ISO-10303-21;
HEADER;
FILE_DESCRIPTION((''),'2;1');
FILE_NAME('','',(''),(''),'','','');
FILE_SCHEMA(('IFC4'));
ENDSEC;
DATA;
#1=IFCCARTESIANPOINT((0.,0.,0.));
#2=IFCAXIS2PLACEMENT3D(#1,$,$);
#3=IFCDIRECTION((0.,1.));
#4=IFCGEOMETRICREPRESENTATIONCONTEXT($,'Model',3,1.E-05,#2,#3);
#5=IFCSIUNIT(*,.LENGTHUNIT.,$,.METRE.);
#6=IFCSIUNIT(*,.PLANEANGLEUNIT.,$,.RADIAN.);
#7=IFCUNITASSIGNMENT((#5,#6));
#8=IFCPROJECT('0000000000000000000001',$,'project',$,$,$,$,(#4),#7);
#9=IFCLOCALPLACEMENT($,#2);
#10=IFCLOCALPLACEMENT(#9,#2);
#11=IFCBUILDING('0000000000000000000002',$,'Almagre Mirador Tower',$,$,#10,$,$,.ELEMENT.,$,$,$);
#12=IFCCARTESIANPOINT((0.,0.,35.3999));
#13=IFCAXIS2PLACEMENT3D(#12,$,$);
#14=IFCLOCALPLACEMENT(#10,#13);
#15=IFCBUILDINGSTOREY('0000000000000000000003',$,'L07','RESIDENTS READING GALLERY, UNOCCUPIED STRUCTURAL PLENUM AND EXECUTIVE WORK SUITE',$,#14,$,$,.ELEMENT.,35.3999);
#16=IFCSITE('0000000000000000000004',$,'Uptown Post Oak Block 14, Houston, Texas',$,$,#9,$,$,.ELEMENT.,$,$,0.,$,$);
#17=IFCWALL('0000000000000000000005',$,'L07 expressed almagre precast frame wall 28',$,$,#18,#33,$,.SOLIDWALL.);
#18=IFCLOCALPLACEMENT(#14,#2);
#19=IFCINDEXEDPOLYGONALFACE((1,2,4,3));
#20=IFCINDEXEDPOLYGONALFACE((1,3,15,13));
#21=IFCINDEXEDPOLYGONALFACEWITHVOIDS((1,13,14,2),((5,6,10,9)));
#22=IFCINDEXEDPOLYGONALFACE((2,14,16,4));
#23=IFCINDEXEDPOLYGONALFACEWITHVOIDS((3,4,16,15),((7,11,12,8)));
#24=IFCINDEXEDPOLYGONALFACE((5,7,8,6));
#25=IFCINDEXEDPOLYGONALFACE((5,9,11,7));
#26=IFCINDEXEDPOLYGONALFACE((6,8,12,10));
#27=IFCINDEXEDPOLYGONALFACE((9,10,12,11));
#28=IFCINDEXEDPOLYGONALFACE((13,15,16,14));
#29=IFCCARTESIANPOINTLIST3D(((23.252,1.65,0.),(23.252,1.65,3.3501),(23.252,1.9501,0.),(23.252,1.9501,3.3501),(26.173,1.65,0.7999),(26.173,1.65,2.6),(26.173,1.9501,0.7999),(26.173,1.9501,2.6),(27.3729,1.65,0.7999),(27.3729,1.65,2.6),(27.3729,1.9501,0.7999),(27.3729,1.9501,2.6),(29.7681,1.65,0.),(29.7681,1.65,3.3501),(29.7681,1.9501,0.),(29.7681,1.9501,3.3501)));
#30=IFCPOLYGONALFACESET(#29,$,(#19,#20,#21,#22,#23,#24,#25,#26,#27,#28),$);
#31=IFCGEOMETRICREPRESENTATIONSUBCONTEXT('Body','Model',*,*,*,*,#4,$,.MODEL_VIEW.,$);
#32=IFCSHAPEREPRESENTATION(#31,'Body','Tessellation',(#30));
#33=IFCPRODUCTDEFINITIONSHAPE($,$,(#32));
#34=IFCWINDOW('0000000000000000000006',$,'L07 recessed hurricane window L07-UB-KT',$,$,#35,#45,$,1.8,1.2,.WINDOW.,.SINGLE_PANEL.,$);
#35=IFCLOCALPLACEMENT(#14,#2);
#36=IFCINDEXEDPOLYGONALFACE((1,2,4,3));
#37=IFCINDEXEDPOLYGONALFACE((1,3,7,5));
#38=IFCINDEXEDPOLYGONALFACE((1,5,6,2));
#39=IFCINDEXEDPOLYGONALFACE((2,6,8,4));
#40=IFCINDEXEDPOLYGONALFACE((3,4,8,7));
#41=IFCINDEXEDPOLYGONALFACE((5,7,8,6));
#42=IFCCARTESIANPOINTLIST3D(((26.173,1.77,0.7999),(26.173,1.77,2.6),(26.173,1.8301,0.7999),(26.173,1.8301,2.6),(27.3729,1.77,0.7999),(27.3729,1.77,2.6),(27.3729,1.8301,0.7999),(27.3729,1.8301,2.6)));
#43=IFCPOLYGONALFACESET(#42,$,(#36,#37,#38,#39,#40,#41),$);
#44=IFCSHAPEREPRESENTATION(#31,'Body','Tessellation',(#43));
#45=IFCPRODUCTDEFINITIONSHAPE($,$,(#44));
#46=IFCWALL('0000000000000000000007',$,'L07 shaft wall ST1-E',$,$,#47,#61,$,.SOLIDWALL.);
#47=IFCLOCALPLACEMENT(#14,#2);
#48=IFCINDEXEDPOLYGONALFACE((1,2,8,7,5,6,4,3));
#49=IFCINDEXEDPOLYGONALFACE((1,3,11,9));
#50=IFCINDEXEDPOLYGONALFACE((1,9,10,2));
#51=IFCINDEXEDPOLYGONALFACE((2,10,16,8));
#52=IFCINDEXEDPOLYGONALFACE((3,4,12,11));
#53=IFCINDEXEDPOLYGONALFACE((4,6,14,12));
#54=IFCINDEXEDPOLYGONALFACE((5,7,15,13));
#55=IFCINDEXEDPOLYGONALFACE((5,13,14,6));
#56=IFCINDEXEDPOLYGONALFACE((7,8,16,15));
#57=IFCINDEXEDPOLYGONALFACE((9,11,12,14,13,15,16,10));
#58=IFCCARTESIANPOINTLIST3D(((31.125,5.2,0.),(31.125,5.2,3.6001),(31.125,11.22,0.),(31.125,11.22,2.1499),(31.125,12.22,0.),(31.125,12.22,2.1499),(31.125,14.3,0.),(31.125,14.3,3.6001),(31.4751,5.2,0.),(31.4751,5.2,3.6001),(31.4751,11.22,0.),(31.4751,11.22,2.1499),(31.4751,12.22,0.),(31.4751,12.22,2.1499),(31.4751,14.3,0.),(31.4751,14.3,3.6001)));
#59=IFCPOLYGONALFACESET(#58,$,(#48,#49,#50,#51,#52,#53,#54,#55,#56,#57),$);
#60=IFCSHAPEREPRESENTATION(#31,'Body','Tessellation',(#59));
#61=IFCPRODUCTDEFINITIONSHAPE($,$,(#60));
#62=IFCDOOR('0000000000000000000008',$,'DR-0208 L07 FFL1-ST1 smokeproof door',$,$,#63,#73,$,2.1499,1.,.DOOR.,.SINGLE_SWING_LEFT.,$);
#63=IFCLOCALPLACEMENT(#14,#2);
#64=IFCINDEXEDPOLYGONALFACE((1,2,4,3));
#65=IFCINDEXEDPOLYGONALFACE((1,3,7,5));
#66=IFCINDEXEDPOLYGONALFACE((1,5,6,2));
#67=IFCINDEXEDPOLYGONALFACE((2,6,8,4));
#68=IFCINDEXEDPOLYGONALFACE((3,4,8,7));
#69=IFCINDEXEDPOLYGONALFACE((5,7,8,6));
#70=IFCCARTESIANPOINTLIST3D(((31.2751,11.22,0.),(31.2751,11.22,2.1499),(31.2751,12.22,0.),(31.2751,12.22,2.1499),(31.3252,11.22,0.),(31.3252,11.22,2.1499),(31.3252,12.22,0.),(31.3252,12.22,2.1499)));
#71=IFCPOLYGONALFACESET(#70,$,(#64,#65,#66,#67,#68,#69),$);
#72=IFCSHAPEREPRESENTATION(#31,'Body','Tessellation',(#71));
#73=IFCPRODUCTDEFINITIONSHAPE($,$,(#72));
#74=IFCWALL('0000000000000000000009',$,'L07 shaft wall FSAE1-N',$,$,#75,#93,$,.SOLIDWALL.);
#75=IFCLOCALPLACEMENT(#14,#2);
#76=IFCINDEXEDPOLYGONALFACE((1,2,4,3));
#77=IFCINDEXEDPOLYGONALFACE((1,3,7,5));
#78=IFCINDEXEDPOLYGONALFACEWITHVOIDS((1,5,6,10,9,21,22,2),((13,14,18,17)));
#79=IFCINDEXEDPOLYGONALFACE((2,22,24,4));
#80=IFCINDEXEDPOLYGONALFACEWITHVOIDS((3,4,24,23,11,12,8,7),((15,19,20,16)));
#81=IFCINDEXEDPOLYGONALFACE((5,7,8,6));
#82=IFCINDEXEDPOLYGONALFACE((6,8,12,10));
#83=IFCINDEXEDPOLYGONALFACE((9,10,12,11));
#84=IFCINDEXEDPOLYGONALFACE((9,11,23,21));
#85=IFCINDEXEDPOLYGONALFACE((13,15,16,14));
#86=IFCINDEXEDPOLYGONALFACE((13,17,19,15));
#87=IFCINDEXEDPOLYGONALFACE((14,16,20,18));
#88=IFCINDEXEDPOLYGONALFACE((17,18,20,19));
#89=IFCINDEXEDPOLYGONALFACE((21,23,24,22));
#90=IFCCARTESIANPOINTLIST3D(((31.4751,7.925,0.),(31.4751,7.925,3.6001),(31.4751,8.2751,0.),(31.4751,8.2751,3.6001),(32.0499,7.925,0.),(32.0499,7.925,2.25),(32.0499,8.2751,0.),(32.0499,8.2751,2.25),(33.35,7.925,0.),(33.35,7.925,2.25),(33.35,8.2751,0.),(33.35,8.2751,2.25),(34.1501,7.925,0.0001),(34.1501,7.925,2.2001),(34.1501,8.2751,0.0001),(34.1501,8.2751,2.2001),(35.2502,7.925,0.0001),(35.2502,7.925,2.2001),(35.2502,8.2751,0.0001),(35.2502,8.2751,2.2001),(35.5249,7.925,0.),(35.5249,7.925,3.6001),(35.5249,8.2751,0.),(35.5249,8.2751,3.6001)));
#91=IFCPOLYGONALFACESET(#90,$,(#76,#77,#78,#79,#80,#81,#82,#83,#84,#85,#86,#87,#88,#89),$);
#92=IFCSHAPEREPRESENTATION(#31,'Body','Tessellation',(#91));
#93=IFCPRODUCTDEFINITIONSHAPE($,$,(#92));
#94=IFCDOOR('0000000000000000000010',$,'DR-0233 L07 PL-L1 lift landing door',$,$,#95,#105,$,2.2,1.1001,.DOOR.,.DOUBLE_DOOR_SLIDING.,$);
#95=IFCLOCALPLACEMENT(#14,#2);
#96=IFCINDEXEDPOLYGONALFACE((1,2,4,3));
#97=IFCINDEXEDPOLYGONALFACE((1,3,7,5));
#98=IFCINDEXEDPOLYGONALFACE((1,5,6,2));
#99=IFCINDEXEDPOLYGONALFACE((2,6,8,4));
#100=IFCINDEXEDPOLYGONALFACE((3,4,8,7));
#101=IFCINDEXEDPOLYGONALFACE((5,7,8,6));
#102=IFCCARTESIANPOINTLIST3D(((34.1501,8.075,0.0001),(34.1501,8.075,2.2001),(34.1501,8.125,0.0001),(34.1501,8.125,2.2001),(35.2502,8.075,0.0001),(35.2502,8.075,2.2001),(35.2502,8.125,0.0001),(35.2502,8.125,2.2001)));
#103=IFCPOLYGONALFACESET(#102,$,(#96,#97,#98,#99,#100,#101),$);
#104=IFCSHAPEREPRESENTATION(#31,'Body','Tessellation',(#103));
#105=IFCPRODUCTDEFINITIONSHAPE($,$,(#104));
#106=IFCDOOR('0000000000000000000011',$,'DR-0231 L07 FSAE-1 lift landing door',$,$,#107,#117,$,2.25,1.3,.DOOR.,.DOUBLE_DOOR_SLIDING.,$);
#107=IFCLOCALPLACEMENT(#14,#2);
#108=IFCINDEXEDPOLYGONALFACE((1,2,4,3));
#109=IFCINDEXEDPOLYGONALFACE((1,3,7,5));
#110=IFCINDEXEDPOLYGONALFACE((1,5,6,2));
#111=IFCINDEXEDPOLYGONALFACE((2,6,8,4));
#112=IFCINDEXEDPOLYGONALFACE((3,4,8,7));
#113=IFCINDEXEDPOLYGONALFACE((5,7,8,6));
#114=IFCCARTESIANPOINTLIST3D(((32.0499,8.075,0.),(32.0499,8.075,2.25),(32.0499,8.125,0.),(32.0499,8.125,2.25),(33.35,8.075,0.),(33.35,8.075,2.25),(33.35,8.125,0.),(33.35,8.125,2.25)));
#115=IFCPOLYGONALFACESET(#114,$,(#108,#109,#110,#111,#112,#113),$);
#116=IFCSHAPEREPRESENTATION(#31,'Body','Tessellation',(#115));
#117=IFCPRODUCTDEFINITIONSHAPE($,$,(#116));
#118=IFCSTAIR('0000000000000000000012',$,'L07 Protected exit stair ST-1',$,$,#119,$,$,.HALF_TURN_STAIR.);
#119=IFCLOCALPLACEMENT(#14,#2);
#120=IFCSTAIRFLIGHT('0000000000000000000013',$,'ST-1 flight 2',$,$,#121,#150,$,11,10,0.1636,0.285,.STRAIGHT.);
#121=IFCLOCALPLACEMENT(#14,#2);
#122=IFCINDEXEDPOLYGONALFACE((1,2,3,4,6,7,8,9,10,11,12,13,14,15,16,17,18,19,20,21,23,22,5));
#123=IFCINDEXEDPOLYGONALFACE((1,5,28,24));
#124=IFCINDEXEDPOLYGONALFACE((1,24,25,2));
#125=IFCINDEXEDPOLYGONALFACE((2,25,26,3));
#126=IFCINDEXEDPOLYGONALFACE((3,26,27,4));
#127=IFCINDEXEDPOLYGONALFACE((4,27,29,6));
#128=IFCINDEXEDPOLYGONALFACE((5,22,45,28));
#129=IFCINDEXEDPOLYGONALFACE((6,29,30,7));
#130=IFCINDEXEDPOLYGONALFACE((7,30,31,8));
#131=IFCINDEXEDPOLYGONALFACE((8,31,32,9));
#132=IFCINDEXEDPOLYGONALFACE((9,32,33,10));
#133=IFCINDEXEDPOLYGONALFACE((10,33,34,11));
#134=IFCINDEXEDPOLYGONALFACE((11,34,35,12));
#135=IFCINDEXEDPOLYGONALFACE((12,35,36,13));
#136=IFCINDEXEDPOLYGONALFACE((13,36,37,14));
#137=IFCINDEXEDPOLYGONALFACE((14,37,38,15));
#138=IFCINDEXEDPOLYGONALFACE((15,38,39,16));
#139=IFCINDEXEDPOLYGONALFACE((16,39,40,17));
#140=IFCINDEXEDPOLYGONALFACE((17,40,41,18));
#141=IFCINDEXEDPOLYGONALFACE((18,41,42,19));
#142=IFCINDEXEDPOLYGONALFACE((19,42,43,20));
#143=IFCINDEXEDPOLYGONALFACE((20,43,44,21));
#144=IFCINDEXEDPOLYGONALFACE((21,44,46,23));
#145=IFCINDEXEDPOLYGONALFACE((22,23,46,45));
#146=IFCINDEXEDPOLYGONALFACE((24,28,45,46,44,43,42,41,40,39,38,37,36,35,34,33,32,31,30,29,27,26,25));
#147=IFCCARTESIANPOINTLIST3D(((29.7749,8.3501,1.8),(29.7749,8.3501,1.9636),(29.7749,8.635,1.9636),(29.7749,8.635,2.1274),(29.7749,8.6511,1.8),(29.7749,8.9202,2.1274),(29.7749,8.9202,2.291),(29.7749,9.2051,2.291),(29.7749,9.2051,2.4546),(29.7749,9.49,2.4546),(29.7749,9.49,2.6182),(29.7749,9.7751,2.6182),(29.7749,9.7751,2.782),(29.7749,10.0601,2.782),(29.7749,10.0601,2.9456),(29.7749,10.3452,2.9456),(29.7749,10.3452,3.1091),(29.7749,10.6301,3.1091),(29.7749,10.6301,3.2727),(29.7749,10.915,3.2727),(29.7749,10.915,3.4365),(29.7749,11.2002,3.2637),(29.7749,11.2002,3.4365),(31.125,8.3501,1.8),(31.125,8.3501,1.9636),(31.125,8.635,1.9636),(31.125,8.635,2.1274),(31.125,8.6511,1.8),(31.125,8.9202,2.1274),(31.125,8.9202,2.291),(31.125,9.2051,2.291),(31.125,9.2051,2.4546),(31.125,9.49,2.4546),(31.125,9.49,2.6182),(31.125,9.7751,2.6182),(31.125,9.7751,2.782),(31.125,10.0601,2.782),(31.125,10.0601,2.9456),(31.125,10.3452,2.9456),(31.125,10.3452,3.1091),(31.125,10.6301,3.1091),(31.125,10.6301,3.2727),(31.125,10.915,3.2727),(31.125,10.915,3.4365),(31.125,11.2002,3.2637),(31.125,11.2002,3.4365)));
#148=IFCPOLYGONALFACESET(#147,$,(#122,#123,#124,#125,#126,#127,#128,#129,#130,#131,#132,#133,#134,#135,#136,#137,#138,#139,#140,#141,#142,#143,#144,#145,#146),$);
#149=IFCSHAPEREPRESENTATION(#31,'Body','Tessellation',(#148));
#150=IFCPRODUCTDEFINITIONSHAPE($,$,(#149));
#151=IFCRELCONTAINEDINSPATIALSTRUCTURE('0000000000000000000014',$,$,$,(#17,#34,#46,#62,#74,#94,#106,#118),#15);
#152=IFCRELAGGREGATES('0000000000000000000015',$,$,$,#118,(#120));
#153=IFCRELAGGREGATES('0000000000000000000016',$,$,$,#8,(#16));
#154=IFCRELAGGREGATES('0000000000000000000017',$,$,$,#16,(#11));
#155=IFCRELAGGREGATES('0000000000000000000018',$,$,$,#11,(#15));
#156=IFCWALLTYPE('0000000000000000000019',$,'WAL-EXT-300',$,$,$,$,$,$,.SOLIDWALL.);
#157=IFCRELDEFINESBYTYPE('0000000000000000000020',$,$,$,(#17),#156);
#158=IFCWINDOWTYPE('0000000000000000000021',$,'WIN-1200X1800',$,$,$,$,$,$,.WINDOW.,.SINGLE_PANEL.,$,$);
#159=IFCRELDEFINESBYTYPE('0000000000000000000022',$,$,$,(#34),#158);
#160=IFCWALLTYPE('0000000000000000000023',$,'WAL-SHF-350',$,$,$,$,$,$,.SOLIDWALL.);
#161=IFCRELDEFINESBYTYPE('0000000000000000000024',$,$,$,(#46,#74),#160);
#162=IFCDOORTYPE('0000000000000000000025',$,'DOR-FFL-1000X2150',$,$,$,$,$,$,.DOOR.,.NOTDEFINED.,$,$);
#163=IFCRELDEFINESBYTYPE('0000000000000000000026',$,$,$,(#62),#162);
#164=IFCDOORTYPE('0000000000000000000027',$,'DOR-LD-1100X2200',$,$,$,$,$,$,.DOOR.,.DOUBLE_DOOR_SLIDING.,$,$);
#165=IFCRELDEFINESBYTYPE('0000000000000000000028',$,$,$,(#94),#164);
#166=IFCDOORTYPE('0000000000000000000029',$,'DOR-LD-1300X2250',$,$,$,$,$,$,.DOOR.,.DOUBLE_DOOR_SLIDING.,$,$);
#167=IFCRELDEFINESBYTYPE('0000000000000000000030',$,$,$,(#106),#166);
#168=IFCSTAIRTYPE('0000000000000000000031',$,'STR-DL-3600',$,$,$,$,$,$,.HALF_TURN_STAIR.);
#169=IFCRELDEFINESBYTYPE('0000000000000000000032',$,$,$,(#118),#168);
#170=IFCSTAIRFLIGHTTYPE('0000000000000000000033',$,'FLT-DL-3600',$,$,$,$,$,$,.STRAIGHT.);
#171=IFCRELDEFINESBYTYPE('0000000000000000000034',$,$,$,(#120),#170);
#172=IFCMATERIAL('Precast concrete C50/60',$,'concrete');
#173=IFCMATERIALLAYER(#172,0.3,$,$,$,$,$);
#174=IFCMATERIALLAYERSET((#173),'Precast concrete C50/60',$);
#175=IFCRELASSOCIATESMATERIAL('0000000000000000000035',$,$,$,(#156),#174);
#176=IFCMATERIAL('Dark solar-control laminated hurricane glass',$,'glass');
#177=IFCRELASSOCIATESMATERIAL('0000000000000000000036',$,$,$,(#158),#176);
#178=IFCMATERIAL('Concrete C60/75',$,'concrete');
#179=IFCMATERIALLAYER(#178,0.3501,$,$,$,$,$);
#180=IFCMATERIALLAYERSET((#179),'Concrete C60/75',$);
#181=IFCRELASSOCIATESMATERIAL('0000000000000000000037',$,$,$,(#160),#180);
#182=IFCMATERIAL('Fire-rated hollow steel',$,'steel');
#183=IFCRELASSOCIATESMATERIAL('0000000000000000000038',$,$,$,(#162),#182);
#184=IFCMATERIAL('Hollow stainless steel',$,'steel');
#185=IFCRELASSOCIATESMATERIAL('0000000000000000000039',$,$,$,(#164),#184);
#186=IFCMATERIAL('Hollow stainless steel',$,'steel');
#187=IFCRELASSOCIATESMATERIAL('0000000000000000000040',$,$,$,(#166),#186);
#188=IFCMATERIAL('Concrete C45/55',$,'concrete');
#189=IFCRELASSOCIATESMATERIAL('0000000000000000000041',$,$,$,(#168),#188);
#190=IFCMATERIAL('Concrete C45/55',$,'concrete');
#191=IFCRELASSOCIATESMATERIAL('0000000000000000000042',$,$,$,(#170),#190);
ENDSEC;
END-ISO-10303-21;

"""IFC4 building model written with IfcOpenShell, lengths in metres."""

from ifc_helpers import new_model, si_unit, direction, frame, frame_2d, origin, place, context, subcontext, project, spatial, polyline, rectangle, outline, extrude, material, layer, layer_set, type_object, element, fill, aggregate, save


model = new_model("IFC4")

# Units and contexts
model_context = context("Model", 3, precision=1e-05, world=origin(), true_north=direction((0.0, 1.0)))
body_context = subcontext(model_context, "Body", "Model", "MODEL_VIEW")
ifc_project = project(units=[si_unit("LENGTHUNIT", "METRE"), si_unit("PLANEANGLEUNIT", "RADIAN")], contexts=[model_context])

# Site, building, storey
site_placement = place(None, origin())
site = spatial("IfcSite", under=ifc_project, at=site_placement, Name="Uptown Post Oak Block 14, Houston, Texas", CompositionType="ELEMENT", RefElevation=0.0)
building_placement = place(site_placement, origin())
building = spatial("IfcBuilding", under=site, at=building_placement, Name="Almagre Mirador Tower", CompositionType="ELEMENT")
storey_placement = place(building_placement, frame((0.0, 0.0, 35.3999)))
storey = spatial("IfcBuildingStorey", under=building, at=storey_placement, Name="L07", Description="RESIDENTS READING GALLERY, UNOCCUPIED STRUCTURAL PLENUM AND EXECUTIVE WORK SUITE", CompositionType="ELEMENT", Elevation=35.3999)

# Shared definitions
ifc_material_1 = material(Name="Precast concrete C50/60", Category="concrete")
ifc_layer_1 = layer(ifc_material_1, 0.3)
ifc_layer_set_1 = layer_set([ifc_layer_1], Name="Precast concrete C50/60")
wall_type_1 = type_object("IfcWallType", Name="WAL-EXT-300", PredefinedType="SOLIDWALL", material=ifc_layer_set_1)

# Wall, opening, window
wall_1_placement = place(storey_placement, frame((29.7681, 1.8, 0.0), z_axis=(0.0, 0.0, 1.0), x_axis=(-1.0, 0.0, 0.0)))
wall_1 = element("IfcWall", 1, at=wall_1_placement, inside=storey, type_object=wall_type_1, Name="L07 expressed almagre precast frame wall 28", PredefinedType="SOLIDWALL", context=body_context, shape_type="SweptSolid", body=[
    extrude(rectangle(XDim=6.5161, YDim=0.3, at=frame_2d((3.2581, 0.0))), origin(), (0.0, 0.0, 1.0), 3.3501),
])
opening_1_placement = place(wall_1_placement, frame((2.395, 0.0, 0.8)))
opening_1 = element("IfcOpeningElement", 2, at=opening_1_placement, cuts=wall_1, PredefinedType="OPENING", context=body_context, shape_type="SweptSolid", body=[
    extrude(rectangle(XDim=1.2, YDim=1.8, at=frame_2d((0.6001, 0.8999))), frame((0.0, 0.1599, 0.0), z_axis=(0.0, -1.0, 0.0), x_axis=(1.0, 0.0, 0.0)), (0.0, 0.0, 1.0), 0.32),
])
ifc_material_2 = material(Name="Dark solar-control laminated hurricane glass", Category="glass")
window_type = type_object("IfcWindowType", Name="WIN-1200X1800", PartitioningType="SINGLE_PANEL", PredefinedType="WINDOW", material=ifc_material_2)
window_placement = place(opening_1_placement, origin())
window = element("IfcWindow", 3, at=window_placement, inside=storey, type_object=window_type, Name="L07 recessed hurricane window L07-UB-KT", OverallHeight=1.8, OverallWidth=1.2, PartitioningType="SINGLE_PANEL", PredefinedType="WINDOW", context=body_context, shape_type="SweptSolid", body=[
    extrude(rectangle(XDim=1.2, YDim=1.8, at=frame_2d((0.6001, 0.8999))), frame((0.0, 0.03, 0.0), z_axis=(0.0, -1.0, 0.0), x_axis=(1.0, 0.0, 0.0)), (0.0, 0.0, 1.0), 0.0601),
])
fill(opening_1, window)

# Wall, opening, door
ifc_material_3 = material(Name="Concrete C60/75", Category="concrete")
ifc_layer_2 = layer(ifc_material_3, 0.3501)
ifc_layer_set_2 = layer_set([ifc_layer_2], Name="Concrete C60/75")
wall_type_2 = type_object("IfcWallType", Name="WAL-SHF-350", PredefinedType="SOLIDWALL", material=ifc_layer_set_2)
wall_2_placement = place(storey_placement, frame((31.3, 5.2, 0.0), z_axis=(0.0, 0.0, 1.0), x_axis=(0.0, 1.0, 0.0)))
wall_2 = element("IfcWall", 4, at=wall_2_placement, inside=storey, type_object=wall_type_2, Name="L07 shaft wall ST1-E", PredefinedType="SOLIDWALL", context=body_context, shape_type="SweptSolid", body=[
    extrude(rectangle(XDim=9.1001, YDim=0.3501, at=frame_2d((4.55, 0.0))), origin(), (0.0, 0.0, 1.0), 3.6001),
])
opening_2_placement = place(wall_2_placement, frame((6.02, 0.0, 0.0)))
opening_2 = element("IfcOpeningElement", 5, at=opening_2_placement, cuts=wall_2, PredefinedType="OPENING", context=body_context, shape_type="SweptSolid", body=[
    extrude(rectangle(XDim=1.0, YDim=2.1499, at=frame_2d((0.5, 1.075))), frame((0.0, 0.185, 0.0), z_axis=(0.0, -1.0, 0.0), x_axis=(1.0, 0.0, 0.0)), (0.0, 0.0, 1.0), 0.3701),
])
ifc_material_4 = material(Name="Fire-rated hollow steel", Category="steel")
door_type_1 = type_object("IfcDoorType", Name="DOR-FFL-1000X2150", OperationType="NOTDEFINED", PredefinedType="DOOR", material=ifc_material_4)
door_1_placement = place(opening_2_placement, origin())
door_1 = element("IfcDoor", 6, at=door_1_placement, inside=storey, type_object=door_type_1, Name="DR-0208 L07 FFL1-ST1 smokeproof door", OperationType="SINGLE_SWING_LEFT", OverallHeight=2.1499, OverallWidth=1.0, PredefinedType="DOOR", context=body_context, shape_type="SweptSolid", body=[
    extrude(rectangle(XDim=1.0, YDim=2.1499, at=frame_2d((0.5, 1.075))), frame((0.0, 0.0249, 0.0), z_axis=(0.0, -1.0, 0.0), x_axis=(1.0, 0.0, 0.0)), (0.0, 0.0, 1.0), 0.05),
])
fill(opening_2, door_1)

# Wall, openings, doors
wall_3_placement = place(storey_placement, frame((31.4751, 8.1001, 0.0), z_axis=(0.0, 0.0, 1.0), x_axis=(1.0, 0.0, 0.0)))
wall_3 = element("IfcWall", 7, at=wall_3_placement, inside=storey, type_object=wall_type_2, Name="L07 shaft wall FSAE1-N", PredefinedType="SOLIDWALL", context=body_context, shape_type="SweptSolid", body=[
    extrude(rectangle(XDim=4.0498, YDim=0.3501, at=frame_2d((2.0249, 0.0))), origin(), (0.0, 0.0, 1.0), 3.6001),
])
opening_3_placement = place(wall_3_placement, frame((0.575, 0.0, 0.0)))
opening_3 = element("IfcOpeningElement", 8, at=opening_3_placement, cuts=wall_3, PredefinedType="OPENING", context=body_context, shape_type="SweptSolid", body=[
    extrude(rectangle(XDim=1.3, YDim=2.25, at=frame_2d((0.6499, 1.125))), frame((0.0, 0.185, 0.0), z_axis=(0.0, -1.0, 0.0), x_axis=(1.0, 0.0, 0.0)), (0.0, 0.0, 1.0), 0.3701),
])
opening_4_placement = place(wall_3_placement, frame((2.675, 0.0, 0.0)))
opening_4 = element("IfcOpeningElement", 9, at=opening_4_placement, cuts=wall_3, PredefinedType="OPENING", context=body_context, shape_type="SweptSolid", body=[
    extrude(rectangle(XDim=1.1001, YDim=2.2, at=frame_2d((0.55, 1.1001))), frame((0.0, 0.185, 0.0), z_axis=(0.0, -1.0, 0.0), x_axis=(1.0, 0.0, 0.0)), (0.0, 0.0, 1.0), 0.3701),
])
ifc_material_5 = material(Name="Hollow stainless steel", Category="steel")
door_type_2 = type_object("IfcDoorType", Name="DOR-LD-1100X2200", OperationType="DOUBLE_DOOR_SLIDING", PredefinedType="DOOR", material=ifc_material_5)
door_2_placement = place(opening_4_placement, origin())
door_2 = element("IfcDoor", 10, at=door_2_placement, inside=storey, type_object=door_type_2, Name="DR-0233 L07 PL-L1 lift landing door", OperationType="DOUBLE_DOOR_SLIDING", OverallHeight=2.2, OverallWidth=1.1001, PredefinedType="DOOR", context=body_context, shape_type="SweptSolid", body=[
    extrude(rectangle(XDim=1.1001, YDim=2.2, at=frame_2d((0.55, 1.1001))), frame((0.0, 0.0249, 0.0), z_axis=(0.0, -1.0, 0.0), x_axis=(1.0, 0.0, 0.0)), (0.0, 0.0, 1.0), 0.05),
])
fill(opening_4, door_2)
ifc_material_6 = material(Name="Hollow stainless steel", Category="steel")
door_type_3 = type_object("IfcDoorType", Name="DOR-LD-1300X2250", OperationType="DOUBLE_DOOR_SLIDING", PredefinedType="DOOR", material=ifc_material_6)
door_3_placement = place(opening_3_placement, origin())
door_3 = element("IfcDoor", 11, at=door_3_placement, inside=storey, type_object=door_type_3, Name="DR-0231 L07 FSAE-1 lift landing door", OperationType="DOUBLE_DOOR_SLIDING", OverallHeight=2.25, OverallWidth=1.3, PredefinedType="DOOR", context=body_context, shape_type="SweptSolid", body=[
    extrude(rectangle(XDim=1.3, YDim=2.25, at=frame_2d((0.6499, 1.125))), frame((0.0, 0.0249, 0.0), z_axis=(0.0, -1.0, 0.0), x_axis=(1.0, 0.0, 0.0)), (0.0, 0.0, 1.0), 0.05),
])
fill(opening_3, door_3)

# Stair, stair flight
ifc_material_7 = material(Name="Concrete C45/55", Category="concrete")
stair_type = type_object("IfcStairType", Name="STR-DL-3600", PredefinedType="HALF_TURN_STAIR", material=ifc_material_7)
stair_placement = place(storey_placement, origin())
stair = element("IfcStair", 12, at=stair_placement, inside=storey, type_object=stair_type, Name="L07 Protected exit stair ST-1", PredefinedType="HALF_TURN_STAIR")
ifc_material_8 = material(Name="Concrete C45/55", Category="concrete")
stair_flight_type = type_object("IfcStairFlightType", Name="FLT-DL-3600", PredefinedType="STRAIGHT", material=ifc_material_8)
stair_flight_placement = place(storey_placement, frame((30.45, 8.3501, 1.8), z_axis=(0.0, 0.0, 1.0), x_axis=(0.0, 1.0, 0.0)))
stair_flight = element("IfcStairFlight", 13, at=stair_flight_placement, type_object=stair_flight_type, Name="ST-1 flight 2", NumberOfRisers=11, NumberOfTreads=10, PredefinedType="STRAIGHT", RiserHeight=0.1636, TreadLength=0.285, context=body_context, shape_type="SweptSolid", body=[
    extrude(outline(polyline([(0.0, 0.0), (0.0, 0.1636), (0.2849, 0.1636), (0.2849, 0.3274), (0.5701, 0.3274), (0.5701, 0.491), (0.855, 0.491), (0.855, 0.6545), (1.1399, 0.6545), (1.1399, 0.8181), (1.425, 0.8181), (1.425, 0.9819), (1.71, 0.9819), (1.71, 1.1455), (1.9951, 1.1455), (1.9951, 1.3091), (2.28, 1.3091), (2.28, 1.4727), (2.5649, 1.4727), (2.5649, 1.6365), (2.8501, 1.6365), (2.8501, 1.8), (2.8501, 1.4636), (0.301, 0.0), (0.0, 0.0)])), frame((0.0, 0.675, 0.0), z_axis=(0.0, -1.0, 0.0), x_axis=(1.0, 0.0, 0.0)), (0.0, 0.0, 1.0), 1.3501),
])
aggregate(stair, [stair_flight])

save(model, "model.ifc")
